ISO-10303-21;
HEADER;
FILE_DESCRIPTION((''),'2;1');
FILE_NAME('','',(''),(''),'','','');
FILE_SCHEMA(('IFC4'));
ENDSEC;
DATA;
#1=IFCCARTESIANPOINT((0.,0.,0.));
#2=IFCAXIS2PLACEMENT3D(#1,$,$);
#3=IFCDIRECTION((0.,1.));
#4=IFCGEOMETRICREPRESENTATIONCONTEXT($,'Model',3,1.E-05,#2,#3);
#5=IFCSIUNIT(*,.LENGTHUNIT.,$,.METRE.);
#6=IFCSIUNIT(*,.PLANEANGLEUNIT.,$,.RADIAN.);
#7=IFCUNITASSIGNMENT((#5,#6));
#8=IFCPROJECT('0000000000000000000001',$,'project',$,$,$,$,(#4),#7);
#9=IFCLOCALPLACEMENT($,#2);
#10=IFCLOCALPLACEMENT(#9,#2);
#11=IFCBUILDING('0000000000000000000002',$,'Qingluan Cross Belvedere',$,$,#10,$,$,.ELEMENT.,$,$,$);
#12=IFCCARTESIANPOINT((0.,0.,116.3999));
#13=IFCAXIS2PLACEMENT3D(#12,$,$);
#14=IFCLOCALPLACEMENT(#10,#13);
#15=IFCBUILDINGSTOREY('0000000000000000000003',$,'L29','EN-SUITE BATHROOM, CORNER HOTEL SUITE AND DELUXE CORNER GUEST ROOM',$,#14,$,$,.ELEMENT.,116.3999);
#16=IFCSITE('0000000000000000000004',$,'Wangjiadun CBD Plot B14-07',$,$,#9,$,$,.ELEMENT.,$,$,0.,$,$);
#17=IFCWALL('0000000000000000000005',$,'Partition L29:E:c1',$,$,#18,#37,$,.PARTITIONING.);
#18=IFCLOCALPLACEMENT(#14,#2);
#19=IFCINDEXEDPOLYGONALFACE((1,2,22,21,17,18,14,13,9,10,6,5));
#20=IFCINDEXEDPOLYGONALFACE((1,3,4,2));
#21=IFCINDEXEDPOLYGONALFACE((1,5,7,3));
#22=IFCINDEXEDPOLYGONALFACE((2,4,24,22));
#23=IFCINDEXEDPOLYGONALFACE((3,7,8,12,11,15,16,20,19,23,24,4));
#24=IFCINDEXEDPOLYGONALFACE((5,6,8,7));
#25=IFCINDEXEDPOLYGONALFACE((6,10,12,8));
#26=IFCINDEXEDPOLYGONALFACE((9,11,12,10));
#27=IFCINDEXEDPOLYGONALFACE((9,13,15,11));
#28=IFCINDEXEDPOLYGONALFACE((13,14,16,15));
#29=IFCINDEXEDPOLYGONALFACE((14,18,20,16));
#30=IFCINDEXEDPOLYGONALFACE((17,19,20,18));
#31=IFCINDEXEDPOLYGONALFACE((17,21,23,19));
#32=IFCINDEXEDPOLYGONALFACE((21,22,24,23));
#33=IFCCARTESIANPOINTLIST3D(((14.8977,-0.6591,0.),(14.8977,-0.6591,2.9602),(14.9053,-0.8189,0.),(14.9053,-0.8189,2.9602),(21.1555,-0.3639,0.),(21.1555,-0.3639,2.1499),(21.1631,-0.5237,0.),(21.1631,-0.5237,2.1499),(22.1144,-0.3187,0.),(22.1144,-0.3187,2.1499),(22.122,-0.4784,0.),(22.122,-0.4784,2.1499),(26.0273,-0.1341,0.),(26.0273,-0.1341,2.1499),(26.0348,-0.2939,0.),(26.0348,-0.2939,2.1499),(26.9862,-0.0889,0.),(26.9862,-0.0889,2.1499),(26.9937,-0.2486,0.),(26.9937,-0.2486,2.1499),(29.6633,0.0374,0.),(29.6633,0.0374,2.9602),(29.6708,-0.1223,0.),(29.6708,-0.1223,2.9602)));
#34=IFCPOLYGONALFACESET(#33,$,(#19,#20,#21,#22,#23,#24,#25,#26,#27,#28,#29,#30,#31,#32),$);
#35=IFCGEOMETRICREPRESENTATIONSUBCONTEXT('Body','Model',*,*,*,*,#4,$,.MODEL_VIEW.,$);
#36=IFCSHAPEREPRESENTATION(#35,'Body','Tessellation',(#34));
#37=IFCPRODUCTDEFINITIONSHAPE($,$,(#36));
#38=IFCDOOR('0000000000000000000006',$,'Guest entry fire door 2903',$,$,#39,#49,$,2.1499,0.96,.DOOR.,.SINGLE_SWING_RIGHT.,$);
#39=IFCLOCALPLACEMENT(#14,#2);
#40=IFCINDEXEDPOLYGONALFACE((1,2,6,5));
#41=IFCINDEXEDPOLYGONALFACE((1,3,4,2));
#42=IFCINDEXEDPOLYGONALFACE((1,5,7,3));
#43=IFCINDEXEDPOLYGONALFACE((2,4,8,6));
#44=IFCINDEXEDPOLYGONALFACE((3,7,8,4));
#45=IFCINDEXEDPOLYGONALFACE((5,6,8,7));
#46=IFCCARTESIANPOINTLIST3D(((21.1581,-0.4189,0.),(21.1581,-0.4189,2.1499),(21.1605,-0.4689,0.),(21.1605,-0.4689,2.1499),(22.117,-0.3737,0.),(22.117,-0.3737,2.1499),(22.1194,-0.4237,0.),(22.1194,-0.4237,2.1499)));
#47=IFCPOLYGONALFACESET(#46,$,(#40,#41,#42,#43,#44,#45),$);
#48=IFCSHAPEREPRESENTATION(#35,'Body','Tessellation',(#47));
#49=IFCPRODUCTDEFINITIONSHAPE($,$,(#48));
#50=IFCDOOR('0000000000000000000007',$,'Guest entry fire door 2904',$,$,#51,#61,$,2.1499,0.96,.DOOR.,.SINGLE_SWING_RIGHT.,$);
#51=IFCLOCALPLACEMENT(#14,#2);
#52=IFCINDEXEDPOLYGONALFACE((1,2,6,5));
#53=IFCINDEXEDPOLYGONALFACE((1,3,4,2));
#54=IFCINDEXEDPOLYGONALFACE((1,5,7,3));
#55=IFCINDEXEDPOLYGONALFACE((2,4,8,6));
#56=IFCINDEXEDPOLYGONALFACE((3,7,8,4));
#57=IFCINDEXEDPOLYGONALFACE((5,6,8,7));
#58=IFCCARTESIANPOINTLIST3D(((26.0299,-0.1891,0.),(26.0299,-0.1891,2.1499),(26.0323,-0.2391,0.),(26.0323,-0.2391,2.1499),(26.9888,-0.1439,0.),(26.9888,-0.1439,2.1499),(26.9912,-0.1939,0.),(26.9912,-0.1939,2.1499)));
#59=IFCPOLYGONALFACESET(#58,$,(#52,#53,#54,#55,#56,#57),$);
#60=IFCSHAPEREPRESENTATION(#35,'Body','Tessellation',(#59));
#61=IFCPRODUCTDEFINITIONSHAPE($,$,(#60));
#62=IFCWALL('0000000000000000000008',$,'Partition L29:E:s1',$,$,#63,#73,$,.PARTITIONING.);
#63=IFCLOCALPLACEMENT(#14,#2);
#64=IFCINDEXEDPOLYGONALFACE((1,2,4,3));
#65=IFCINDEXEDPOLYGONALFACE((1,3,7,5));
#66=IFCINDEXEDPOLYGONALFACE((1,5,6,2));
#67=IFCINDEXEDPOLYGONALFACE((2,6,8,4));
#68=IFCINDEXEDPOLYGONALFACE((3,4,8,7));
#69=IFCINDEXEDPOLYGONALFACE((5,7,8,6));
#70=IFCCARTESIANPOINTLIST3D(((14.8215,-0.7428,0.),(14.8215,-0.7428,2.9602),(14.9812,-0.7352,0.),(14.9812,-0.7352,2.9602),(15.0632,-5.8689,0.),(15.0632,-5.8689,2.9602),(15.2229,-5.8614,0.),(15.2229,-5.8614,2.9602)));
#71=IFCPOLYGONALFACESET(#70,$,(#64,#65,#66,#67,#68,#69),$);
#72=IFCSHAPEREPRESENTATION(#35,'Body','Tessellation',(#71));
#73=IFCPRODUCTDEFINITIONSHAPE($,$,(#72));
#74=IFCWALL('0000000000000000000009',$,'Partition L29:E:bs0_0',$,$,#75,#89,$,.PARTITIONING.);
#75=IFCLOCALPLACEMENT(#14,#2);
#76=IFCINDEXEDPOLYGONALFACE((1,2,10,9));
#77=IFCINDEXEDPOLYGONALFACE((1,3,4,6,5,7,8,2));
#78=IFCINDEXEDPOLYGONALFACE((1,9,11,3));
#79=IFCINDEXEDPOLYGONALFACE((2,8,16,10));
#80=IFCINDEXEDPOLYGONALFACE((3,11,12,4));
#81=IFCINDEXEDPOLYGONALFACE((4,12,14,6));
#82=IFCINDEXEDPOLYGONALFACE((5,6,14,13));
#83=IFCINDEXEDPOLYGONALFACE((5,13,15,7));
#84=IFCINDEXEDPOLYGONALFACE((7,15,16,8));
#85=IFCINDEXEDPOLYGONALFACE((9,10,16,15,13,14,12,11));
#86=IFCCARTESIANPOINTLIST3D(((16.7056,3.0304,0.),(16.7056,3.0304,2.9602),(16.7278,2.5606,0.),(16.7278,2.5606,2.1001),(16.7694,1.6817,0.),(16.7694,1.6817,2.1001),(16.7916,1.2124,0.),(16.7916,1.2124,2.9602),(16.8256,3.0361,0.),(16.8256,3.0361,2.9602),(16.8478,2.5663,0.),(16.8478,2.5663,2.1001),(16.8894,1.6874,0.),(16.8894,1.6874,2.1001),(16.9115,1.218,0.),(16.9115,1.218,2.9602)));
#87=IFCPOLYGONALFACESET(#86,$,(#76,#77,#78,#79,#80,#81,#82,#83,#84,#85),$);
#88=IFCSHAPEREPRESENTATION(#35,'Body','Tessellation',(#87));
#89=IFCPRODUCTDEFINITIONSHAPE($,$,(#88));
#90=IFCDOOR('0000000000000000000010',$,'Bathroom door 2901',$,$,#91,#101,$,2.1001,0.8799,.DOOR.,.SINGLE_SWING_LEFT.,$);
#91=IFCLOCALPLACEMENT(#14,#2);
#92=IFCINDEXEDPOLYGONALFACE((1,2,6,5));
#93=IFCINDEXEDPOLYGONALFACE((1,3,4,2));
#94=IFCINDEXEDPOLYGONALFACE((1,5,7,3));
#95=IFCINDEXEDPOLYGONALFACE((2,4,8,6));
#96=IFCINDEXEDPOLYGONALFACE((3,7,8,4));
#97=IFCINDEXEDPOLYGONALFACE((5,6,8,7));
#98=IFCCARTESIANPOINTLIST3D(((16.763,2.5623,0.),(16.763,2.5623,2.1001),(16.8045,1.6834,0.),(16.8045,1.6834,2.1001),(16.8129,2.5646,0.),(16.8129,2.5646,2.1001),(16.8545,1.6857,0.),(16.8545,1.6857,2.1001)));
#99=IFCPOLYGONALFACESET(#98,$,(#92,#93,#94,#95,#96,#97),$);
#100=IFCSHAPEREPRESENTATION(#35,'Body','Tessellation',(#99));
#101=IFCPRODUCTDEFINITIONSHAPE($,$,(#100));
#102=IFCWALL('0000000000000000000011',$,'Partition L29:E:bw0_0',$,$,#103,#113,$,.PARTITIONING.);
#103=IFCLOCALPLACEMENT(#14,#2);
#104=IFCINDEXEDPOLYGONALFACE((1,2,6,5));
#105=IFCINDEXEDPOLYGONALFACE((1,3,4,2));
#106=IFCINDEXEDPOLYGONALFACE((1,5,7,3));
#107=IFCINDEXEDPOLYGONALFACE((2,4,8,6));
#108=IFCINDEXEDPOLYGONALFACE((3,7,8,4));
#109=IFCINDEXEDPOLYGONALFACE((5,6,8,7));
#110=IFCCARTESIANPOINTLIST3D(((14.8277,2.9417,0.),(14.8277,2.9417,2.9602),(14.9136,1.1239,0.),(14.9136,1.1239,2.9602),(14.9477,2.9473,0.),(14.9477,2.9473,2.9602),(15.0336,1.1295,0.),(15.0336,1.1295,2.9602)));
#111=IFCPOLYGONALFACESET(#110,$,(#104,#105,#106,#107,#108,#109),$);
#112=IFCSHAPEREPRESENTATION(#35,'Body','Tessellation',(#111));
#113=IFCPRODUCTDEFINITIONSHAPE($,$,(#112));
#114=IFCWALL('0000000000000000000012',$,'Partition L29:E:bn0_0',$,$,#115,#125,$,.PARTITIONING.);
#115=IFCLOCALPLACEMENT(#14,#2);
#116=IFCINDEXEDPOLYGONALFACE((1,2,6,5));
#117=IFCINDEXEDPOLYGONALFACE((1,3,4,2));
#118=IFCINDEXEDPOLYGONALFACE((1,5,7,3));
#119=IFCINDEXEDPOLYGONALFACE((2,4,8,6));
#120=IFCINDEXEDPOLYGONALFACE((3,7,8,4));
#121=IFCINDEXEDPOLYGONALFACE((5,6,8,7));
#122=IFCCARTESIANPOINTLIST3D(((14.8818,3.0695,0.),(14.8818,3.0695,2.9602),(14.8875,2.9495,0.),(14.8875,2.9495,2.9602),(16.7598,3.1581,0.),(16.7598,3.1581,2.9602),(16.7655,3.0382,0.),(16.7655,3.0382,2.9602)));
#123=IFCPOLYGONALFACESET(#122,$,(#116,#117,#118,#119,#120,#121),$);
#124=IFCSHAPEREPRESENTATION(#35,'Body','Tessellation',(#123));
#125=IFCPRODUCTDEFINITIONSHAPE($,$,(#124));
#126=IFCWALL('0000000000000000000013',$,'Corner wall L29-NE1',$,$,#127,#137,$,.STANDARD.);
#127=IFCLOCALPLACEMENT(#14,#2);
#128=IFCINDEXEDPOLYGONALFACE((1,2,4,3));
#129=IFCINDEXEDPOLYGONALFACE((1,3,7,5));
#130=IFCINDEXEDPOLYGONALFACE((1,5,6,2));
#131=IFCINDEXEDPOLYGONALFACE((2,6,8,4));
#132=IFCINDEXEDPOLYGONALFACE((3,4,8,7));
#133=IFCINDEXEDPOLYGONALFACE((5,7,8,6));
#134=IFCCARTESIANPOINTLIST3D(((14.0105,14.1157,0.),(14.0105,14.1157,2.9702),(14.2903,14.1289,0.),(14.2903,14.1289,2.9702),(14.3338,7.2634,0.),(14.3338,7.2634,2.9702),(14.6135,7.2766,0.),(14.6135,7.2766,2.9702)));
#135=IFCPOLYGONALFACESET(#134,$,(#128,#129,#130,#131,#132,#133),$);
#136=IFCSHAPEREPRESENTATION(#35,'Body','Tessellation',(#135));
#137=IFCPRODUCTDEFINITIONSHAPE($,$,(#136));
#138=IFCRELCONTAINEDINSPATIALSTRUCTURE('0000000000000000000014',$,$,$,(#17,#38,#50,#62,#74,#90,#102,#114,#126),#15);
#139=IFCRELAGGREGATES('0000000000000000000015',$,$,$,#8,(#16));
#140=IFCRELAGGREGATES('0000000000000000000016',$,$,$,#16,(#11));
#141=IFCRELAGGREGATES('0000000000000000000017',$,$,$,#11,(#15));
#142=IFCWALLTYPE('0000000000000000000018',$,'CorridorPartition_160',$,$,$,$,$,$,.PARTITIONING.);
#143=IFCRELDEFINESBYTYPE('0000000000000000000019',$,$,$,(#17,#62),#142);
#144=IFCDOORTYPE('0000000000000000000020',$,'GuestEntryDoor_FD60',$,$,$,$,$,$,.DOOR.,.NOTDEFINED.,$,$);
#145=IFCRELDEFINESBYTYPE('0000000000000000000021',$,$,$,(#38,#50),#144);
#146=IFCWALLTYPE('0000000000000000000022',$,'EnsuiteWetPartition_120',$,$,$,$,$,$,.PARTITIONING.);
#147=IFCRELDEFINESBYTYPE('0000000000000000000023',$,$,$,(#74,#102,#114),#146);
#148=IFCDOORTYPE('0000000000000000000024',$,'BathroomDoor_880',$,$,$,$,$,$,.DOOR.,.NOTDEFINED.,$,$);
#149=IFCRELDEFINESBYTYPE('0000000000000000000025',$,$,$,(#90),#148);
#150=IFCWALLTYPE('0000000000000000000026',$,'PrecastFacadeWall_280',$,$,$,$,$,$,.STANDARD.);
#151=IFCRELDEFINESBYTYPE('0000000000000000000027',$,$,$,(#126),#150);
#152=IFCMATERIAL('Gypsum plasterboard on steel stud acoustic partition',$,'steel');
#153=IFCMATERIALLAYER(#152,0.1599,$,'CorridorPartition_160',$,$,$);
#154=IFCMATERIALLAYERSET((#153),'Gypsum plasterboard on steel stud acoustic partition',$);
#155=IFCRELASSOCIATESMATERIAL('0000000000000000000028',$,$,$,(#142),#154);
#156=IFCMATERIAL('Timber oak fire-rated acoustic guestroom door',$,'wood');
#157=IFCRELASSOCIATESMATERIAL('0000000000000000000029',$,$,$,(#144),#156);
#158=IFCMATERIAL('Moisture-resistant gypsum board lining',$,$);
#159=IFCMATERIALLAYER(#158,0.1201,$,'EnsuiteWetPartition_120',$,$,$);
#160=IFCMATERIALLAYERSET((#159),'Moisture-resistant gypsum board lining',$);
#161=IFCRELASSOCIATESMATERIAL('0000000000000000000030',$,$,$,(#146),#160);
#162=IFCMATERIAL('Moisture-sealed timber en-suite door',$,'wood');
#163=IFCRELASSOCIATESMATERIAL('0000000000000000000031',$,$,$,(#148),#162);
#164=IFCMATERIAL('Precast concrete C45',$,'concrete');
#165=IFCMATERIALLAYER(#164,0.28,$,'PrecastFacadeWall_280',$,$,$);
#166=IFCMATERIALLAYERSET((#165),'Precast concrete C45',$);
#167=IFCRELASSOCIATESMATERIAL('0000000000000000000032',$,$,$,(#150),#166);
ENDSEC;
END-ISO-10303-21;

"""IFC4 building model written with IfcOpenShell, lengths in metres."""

from ifc_helpers import new_model, si_unit, direction, frame, frame_2d, origin, place, context, subcontext, project, spatial, rectangle, extrude, material, layer, layer_set, type_object, element, fill, save


model = new_model("IFC4")

# Units and contexts
model_context = context("Model", 3, precision=1e-05, world=origin(), true_north=direction((0.0, 1.0)))
body_context = subcontext(model_context, "Body", "Model", "MODEL_VIEW")
ifc_project = project(units=[si_unit("LENGTHUNIT", "METRE"), si_unit("PLANEANGLEUNIT", "RADIAN")], contexts=[model_context])

# Site, building, storey
site_placement = place(None, origin())
site = spatial("IfcSite", under=ifc_project, at=site_placement, Name="Wangjiadun CBD Plot B14-07", CompositionType="ELEMENT", RefElevation=0.0)
building_placement = place(site_placement, origin())
building = spatial("IfcBuilding", under=site, at=building_placement, Name="Qingluan Cross Belvedere", CompositionType="ELEMENT")
storey_placement = place(building_placement, frame((0.0, 0.0, 116.3999)))
storey = spatial("IfcBuildingStorey", under=building, at=storey_placement, Name="L29", Description="EN-SUITE BATHROOM, CORNER HOTEL SUITE AND DELUXE CORNER GUEST ROOM", CompositionType="ELEMENT", Elevation=116.3999)

# Shared definitions
ifc_material_1 = material(Name="Gypsum plasterboard on steel stud acoustic partition", Category="steel")
ifc_layer_1 = layer(ifc_material_1, 0.1599, Name="CorridorPartition_160")
ifc_layer_set_1 = layer_set([ifc_layer_1], Name="Gypsum plasterboard on steel stud acoustic partition")
wall_type_1 = type_object("IfcWallType", Name="CorridorPartition_160", PredefinedType="PARTITIONING", material=ifc_layer_set_1)
ifc_material_2 = material(Name="Timber oak fire-rated acoustic guestroom door", Category="wood")
door_type_1 = type_object("IfcDoorType", Name="GuestEntryDoor_FD60", OperationType="NOTDEFINED", PredefinedType="DOOR", material=ifc_material_2)

# Wall, openings, doors
wall_1_placement = place(storey_placement, frame((14.9014, -0.739, 0.0), z_axis=(0.0, 0.0, 1.0), x_axis=(0.998889, 0.04712, 0.0)))
wall_1 = element("IfcWall", 1, at=wall_1_placement, inside=storey, type_object=wall_type_1, Name="Partition L29:E:c1", PredefinedType="PARTITIONING", context=body_context, shape_type="SweptSolid", body=[
    extrude(rectangle(XDim=14.782, YDim=0.1599, at=frame_2d((7.3911, 0.0))), origin(), (0.0, 0.0, 1.0), 2.9602),
])
opening_1_placement = place(wall_1_placement, frame((6.2649, 0.0, 0.0)))
opening_1 = element("IfcOpeningElement", 2, at=opening_1_placement, cuts=wall_1, PredefinedType="OPENING", context=body_context, shape_type="SweptSolid", body=[
    extrude(rectangle(XDim=0.96, YDim=2.1499, at=frame_2d((0.48, 1.075))), frame((0.0, 0.0898, 0.0), z_axis=(0.0, -1.0, 0.0), x_axis=(1.0, 0.0, 0.0)), (0.0, 0.0, 1.0), 0.1799),
])
opening_2_placement = place(wall_1_placement, frame((11.1421, 0.0, 0.0)))
opening_2 = element("IfcOpeningElement", 3, at=opening_2_placement, cuts=wall_1, PredefinedType="OPENING", context=body_context, shape_type="SweptSolid", body=[
    extrude(rectangle(XDim=0.96, YDim=2.1499, at=frame_2d((0.48, 1.075))), frame((0.0, 0.0898, 0.0), z_axis=(0.0, -1.0, 0.0), x_axis=(1.0, 0.0, 0.0)), (0.0, 0.0, 1.0), 0.1799),
])
door_1_placement = place(opening_1_placement, origin())
door_1 = element("IfcDoor", 4, at=door_1_placement, inside=storey, type_object=door_type_1, Name="Guest entry fire door 2903", OperationType="SINGLE_SWING_RIGHT", OverallHeight=2.1499, OverallWidth=0.96, PredefinedType="DOOR", context=body_context, shape_type="SweptSolid", body=[
    extrude(rectangle(XDim=0.96, YDim=2.1499, at=frame_2d((0.48, 1.075))), frame((0.0, 0.0249, 0.0), z_axis=(0.0, -1.0, 0.0), x_axis=(1.0, 0.0, 0.0)), (0.0, 0.0, 1.0), 0.05),
])
fill(opening_1, door_1)
door_2_placement = place(opening_2_placement, origin())
door_2 = element("IfcDoor", 5, at=door_2_placement, inside=storey, type_object=door_type_1, Name="Guest entry fire door 2904", OperationType="SINGLE_SWING_RIGHT", OverallHeight=2.1499, OverallWidth=0.96, PredefinedType="DOOR", context=body_context, shape_type="SweptSolid", body=[
    extrude(rectangle(XDim=0.96, YDim=2.1499, at=frame_2d((0.48, 1.075))), frame((0.0, 0.0249, 0.0), z_axis=(0.0, -1.0, 0.0), x_axis=(1.0, 0.0, 0.0)), (0.0, 0.0, 1.0), 0.05),
])
fill(opening_2, door_2)

# Wall
wall_2_placement = place(storey_placement, frame((14.9014, -0.739, 0.0), z_axis=(0.0, 0.0, 1.0), x_axis=(0.047097, -0.99889, 0.0)))
element("IfcWall", 6, at=wall_2_placement, inside=storey, type_object=wall_type_1, Name="Partition L29:E:s1", PredefinedType="PARTITIONING", context=body_context, shape_type="SweptSolid", body=[
    extrude(rectangle(XDim=5.1318, YDim=0.1599, at=frame_2d((2.5659, 0.0))), origin(), (0.0, 0.0, 1.0), 2.9602),
])

# Wall, opening, door
ifc_material_3 = material(Name="Moisture-resistant gypsum board lining")
ifc_layer_2 = layer(ifc_material_3, 0.1201, Name="EnsuiteWetPartition_120")
ifc_layer_set_2 = layer_set([ifc_layer_2], Name="Moisture-resistant gypsum board lining")
wall_type_2 = type_object("IfcWallType", Name="EnsuiteWetPartition_120", PredefinedType="PARTITIONING", material=ifc_layer_set_2)
wall_3_placement = place(storey_placement, frame((16.8516, 1.2151, 0.0), z_axis=(0.0, 0.0, 1.0), x_axis=(-0.047215, 0.998885, 0.0)))
wall_3 = element("IfcWall", 7, at=wall_3_placement, inside=storey, type_object=wall_type_2, Name="Partition L29:E:bs0_0", PredefinedType="PARTITIONING", context=body_context, shape_type="SweptSolid", body=[
    extrude(rectangle(XDim=1.8201, YDim=0.1201, at=frame_2d((0.9102, 0.0))), origin(), (0.0, 0.0, 1.0), 2.9602),
])
opening_3_placement = place(wall_3_placement, frame((0.47, 0.0, 0.0)))
opening_3 = element("IfcOpeningElement", 8, at=opening_3_placement, cuts=wall_3, PredefinedType="OPENING", context=body_context, shape_type="SweptSolid", body=[
    extrude(rectangle(XDim=0.8799, YDim=2.1001, at=frame_2d((0.4399, 1.05))), frame((0.0, 0.0701, 0.0), z_axis=(0.0, -1.0, 0.0), x_axis=(1.0, 0.0, 0.0)), (0.0, 0.0, 1.0), 0.1401),
])
ifc_material_4 = material(Name="Moisture-sealed timber en-suite door", Category="wood")
door_type_2 = type_object("IfcDoorType", Name="BathroomDoor_880", OperationType="NOTDEFINED", PredefinedType="DOOR", material=ifc_material_4)
door_3_placement = place(opening_3_placement, origin())
door_3 = element("IfcDoor", 9, at=door_3_placement, inside=storey, type_object=door_type_2, Name="Bathroom door 2901", OperationType="SINGLE_SWING_LEFT", OverallHeight=2.1001, OverallWidth=0.8799, PredefinedType="DOOR", context=body_context, shape_type="SweptSolid", body=[
    extrude(rectangle(XDim=0.8799, YDim=2.1001, at=frame_2d((0.4399, 1.05))), frame((0.0, 0.0249, 0.0), z_axis=(0.0, -1.0, 0.0), x_axis=(1.0, 0.0, 0.0)), (0.0, 0.0, 1.0), 0.05),
])
fill(opening_3, door_3)

# Walls
wall_4_placement = place(storey_placement, frame((14.9736, 1.1267, 0.0), z_axis=(0.0, 0.0, 1.0), x_axis=(-0.047221, 0.998884, 0.0)))
element("IfcWall", 10, at=wall_4_placement, inside=storey, type_object=wall_type_2, Name="Partition L29:E:bw0_0", PredefinedType="PARTITIONING", context=body_context, shape_type="SweptSolid", body=[
    extrude(rectangle(XDim=1.8198, YDim=0.1201, at=frame_2d((0.9099, 0.0))), origin(), (0.0, 0.0, 1.0), 2.9602),
])
wall_5_placement = place(storey_placement, frame((14.8848, 3.0095, 0.0), z_axis=(0.0, 0.0, 1.0), x_axis=(0.998888, 0.047139, 0.0)))
element("IfcWall", 11, at=wall_5_placement, inside=storey, type_object=wall_type_2, Name="Partition L29:E:bn0_0", PredefinedType="PARTITIONING", context=body_context, shape_type="SweptSolid", body=[
    extrude(rectangle(XDim=1.8801, YDim=0.1201, at=frame_2d((0.9399, 0.0))), origin(), (0.0, 0.0, 1.0), 2.9602),
])
ifc_material_5 = material(Name="Precast concrete C45", Category="concrete")
ifc_layer_3 = layer(ifc_material_5, 0.28, Name="PrecastFacadeWall_280")
ifc_layer_set_3 = layer_set([ifc_layer_3], Name="Precast concrete C45")
wall_type_3 = type_object("IfcWallType", Name="PrecastFacadeWall_280", PredefinedType="STANDARD", material=ifc_layer_set_3)
wall_6_placement = place(storey_placement, frame((14.4736, 7.27, 0.0), z_axis=(0.0, 0.0, 1.0), x_axis=(-0.04712, 0.998889, 0.0)))
element("IfcWall", 12, at=wall_6_placement, inside=storey, type_object=wall_type_3, Name="Corner wall L29-NE1", PredefinedType="STANDARD", context=body_context, shape_type="SweptSolid", body=[
    extrude(rectangle(XDim=6.8599, YDim=0.28, at=frame_2d((3.4299, 0.0))), origin(), (0.0, 0.0, 1.0), 2.9702),
])

save(model, "model.ifc")
